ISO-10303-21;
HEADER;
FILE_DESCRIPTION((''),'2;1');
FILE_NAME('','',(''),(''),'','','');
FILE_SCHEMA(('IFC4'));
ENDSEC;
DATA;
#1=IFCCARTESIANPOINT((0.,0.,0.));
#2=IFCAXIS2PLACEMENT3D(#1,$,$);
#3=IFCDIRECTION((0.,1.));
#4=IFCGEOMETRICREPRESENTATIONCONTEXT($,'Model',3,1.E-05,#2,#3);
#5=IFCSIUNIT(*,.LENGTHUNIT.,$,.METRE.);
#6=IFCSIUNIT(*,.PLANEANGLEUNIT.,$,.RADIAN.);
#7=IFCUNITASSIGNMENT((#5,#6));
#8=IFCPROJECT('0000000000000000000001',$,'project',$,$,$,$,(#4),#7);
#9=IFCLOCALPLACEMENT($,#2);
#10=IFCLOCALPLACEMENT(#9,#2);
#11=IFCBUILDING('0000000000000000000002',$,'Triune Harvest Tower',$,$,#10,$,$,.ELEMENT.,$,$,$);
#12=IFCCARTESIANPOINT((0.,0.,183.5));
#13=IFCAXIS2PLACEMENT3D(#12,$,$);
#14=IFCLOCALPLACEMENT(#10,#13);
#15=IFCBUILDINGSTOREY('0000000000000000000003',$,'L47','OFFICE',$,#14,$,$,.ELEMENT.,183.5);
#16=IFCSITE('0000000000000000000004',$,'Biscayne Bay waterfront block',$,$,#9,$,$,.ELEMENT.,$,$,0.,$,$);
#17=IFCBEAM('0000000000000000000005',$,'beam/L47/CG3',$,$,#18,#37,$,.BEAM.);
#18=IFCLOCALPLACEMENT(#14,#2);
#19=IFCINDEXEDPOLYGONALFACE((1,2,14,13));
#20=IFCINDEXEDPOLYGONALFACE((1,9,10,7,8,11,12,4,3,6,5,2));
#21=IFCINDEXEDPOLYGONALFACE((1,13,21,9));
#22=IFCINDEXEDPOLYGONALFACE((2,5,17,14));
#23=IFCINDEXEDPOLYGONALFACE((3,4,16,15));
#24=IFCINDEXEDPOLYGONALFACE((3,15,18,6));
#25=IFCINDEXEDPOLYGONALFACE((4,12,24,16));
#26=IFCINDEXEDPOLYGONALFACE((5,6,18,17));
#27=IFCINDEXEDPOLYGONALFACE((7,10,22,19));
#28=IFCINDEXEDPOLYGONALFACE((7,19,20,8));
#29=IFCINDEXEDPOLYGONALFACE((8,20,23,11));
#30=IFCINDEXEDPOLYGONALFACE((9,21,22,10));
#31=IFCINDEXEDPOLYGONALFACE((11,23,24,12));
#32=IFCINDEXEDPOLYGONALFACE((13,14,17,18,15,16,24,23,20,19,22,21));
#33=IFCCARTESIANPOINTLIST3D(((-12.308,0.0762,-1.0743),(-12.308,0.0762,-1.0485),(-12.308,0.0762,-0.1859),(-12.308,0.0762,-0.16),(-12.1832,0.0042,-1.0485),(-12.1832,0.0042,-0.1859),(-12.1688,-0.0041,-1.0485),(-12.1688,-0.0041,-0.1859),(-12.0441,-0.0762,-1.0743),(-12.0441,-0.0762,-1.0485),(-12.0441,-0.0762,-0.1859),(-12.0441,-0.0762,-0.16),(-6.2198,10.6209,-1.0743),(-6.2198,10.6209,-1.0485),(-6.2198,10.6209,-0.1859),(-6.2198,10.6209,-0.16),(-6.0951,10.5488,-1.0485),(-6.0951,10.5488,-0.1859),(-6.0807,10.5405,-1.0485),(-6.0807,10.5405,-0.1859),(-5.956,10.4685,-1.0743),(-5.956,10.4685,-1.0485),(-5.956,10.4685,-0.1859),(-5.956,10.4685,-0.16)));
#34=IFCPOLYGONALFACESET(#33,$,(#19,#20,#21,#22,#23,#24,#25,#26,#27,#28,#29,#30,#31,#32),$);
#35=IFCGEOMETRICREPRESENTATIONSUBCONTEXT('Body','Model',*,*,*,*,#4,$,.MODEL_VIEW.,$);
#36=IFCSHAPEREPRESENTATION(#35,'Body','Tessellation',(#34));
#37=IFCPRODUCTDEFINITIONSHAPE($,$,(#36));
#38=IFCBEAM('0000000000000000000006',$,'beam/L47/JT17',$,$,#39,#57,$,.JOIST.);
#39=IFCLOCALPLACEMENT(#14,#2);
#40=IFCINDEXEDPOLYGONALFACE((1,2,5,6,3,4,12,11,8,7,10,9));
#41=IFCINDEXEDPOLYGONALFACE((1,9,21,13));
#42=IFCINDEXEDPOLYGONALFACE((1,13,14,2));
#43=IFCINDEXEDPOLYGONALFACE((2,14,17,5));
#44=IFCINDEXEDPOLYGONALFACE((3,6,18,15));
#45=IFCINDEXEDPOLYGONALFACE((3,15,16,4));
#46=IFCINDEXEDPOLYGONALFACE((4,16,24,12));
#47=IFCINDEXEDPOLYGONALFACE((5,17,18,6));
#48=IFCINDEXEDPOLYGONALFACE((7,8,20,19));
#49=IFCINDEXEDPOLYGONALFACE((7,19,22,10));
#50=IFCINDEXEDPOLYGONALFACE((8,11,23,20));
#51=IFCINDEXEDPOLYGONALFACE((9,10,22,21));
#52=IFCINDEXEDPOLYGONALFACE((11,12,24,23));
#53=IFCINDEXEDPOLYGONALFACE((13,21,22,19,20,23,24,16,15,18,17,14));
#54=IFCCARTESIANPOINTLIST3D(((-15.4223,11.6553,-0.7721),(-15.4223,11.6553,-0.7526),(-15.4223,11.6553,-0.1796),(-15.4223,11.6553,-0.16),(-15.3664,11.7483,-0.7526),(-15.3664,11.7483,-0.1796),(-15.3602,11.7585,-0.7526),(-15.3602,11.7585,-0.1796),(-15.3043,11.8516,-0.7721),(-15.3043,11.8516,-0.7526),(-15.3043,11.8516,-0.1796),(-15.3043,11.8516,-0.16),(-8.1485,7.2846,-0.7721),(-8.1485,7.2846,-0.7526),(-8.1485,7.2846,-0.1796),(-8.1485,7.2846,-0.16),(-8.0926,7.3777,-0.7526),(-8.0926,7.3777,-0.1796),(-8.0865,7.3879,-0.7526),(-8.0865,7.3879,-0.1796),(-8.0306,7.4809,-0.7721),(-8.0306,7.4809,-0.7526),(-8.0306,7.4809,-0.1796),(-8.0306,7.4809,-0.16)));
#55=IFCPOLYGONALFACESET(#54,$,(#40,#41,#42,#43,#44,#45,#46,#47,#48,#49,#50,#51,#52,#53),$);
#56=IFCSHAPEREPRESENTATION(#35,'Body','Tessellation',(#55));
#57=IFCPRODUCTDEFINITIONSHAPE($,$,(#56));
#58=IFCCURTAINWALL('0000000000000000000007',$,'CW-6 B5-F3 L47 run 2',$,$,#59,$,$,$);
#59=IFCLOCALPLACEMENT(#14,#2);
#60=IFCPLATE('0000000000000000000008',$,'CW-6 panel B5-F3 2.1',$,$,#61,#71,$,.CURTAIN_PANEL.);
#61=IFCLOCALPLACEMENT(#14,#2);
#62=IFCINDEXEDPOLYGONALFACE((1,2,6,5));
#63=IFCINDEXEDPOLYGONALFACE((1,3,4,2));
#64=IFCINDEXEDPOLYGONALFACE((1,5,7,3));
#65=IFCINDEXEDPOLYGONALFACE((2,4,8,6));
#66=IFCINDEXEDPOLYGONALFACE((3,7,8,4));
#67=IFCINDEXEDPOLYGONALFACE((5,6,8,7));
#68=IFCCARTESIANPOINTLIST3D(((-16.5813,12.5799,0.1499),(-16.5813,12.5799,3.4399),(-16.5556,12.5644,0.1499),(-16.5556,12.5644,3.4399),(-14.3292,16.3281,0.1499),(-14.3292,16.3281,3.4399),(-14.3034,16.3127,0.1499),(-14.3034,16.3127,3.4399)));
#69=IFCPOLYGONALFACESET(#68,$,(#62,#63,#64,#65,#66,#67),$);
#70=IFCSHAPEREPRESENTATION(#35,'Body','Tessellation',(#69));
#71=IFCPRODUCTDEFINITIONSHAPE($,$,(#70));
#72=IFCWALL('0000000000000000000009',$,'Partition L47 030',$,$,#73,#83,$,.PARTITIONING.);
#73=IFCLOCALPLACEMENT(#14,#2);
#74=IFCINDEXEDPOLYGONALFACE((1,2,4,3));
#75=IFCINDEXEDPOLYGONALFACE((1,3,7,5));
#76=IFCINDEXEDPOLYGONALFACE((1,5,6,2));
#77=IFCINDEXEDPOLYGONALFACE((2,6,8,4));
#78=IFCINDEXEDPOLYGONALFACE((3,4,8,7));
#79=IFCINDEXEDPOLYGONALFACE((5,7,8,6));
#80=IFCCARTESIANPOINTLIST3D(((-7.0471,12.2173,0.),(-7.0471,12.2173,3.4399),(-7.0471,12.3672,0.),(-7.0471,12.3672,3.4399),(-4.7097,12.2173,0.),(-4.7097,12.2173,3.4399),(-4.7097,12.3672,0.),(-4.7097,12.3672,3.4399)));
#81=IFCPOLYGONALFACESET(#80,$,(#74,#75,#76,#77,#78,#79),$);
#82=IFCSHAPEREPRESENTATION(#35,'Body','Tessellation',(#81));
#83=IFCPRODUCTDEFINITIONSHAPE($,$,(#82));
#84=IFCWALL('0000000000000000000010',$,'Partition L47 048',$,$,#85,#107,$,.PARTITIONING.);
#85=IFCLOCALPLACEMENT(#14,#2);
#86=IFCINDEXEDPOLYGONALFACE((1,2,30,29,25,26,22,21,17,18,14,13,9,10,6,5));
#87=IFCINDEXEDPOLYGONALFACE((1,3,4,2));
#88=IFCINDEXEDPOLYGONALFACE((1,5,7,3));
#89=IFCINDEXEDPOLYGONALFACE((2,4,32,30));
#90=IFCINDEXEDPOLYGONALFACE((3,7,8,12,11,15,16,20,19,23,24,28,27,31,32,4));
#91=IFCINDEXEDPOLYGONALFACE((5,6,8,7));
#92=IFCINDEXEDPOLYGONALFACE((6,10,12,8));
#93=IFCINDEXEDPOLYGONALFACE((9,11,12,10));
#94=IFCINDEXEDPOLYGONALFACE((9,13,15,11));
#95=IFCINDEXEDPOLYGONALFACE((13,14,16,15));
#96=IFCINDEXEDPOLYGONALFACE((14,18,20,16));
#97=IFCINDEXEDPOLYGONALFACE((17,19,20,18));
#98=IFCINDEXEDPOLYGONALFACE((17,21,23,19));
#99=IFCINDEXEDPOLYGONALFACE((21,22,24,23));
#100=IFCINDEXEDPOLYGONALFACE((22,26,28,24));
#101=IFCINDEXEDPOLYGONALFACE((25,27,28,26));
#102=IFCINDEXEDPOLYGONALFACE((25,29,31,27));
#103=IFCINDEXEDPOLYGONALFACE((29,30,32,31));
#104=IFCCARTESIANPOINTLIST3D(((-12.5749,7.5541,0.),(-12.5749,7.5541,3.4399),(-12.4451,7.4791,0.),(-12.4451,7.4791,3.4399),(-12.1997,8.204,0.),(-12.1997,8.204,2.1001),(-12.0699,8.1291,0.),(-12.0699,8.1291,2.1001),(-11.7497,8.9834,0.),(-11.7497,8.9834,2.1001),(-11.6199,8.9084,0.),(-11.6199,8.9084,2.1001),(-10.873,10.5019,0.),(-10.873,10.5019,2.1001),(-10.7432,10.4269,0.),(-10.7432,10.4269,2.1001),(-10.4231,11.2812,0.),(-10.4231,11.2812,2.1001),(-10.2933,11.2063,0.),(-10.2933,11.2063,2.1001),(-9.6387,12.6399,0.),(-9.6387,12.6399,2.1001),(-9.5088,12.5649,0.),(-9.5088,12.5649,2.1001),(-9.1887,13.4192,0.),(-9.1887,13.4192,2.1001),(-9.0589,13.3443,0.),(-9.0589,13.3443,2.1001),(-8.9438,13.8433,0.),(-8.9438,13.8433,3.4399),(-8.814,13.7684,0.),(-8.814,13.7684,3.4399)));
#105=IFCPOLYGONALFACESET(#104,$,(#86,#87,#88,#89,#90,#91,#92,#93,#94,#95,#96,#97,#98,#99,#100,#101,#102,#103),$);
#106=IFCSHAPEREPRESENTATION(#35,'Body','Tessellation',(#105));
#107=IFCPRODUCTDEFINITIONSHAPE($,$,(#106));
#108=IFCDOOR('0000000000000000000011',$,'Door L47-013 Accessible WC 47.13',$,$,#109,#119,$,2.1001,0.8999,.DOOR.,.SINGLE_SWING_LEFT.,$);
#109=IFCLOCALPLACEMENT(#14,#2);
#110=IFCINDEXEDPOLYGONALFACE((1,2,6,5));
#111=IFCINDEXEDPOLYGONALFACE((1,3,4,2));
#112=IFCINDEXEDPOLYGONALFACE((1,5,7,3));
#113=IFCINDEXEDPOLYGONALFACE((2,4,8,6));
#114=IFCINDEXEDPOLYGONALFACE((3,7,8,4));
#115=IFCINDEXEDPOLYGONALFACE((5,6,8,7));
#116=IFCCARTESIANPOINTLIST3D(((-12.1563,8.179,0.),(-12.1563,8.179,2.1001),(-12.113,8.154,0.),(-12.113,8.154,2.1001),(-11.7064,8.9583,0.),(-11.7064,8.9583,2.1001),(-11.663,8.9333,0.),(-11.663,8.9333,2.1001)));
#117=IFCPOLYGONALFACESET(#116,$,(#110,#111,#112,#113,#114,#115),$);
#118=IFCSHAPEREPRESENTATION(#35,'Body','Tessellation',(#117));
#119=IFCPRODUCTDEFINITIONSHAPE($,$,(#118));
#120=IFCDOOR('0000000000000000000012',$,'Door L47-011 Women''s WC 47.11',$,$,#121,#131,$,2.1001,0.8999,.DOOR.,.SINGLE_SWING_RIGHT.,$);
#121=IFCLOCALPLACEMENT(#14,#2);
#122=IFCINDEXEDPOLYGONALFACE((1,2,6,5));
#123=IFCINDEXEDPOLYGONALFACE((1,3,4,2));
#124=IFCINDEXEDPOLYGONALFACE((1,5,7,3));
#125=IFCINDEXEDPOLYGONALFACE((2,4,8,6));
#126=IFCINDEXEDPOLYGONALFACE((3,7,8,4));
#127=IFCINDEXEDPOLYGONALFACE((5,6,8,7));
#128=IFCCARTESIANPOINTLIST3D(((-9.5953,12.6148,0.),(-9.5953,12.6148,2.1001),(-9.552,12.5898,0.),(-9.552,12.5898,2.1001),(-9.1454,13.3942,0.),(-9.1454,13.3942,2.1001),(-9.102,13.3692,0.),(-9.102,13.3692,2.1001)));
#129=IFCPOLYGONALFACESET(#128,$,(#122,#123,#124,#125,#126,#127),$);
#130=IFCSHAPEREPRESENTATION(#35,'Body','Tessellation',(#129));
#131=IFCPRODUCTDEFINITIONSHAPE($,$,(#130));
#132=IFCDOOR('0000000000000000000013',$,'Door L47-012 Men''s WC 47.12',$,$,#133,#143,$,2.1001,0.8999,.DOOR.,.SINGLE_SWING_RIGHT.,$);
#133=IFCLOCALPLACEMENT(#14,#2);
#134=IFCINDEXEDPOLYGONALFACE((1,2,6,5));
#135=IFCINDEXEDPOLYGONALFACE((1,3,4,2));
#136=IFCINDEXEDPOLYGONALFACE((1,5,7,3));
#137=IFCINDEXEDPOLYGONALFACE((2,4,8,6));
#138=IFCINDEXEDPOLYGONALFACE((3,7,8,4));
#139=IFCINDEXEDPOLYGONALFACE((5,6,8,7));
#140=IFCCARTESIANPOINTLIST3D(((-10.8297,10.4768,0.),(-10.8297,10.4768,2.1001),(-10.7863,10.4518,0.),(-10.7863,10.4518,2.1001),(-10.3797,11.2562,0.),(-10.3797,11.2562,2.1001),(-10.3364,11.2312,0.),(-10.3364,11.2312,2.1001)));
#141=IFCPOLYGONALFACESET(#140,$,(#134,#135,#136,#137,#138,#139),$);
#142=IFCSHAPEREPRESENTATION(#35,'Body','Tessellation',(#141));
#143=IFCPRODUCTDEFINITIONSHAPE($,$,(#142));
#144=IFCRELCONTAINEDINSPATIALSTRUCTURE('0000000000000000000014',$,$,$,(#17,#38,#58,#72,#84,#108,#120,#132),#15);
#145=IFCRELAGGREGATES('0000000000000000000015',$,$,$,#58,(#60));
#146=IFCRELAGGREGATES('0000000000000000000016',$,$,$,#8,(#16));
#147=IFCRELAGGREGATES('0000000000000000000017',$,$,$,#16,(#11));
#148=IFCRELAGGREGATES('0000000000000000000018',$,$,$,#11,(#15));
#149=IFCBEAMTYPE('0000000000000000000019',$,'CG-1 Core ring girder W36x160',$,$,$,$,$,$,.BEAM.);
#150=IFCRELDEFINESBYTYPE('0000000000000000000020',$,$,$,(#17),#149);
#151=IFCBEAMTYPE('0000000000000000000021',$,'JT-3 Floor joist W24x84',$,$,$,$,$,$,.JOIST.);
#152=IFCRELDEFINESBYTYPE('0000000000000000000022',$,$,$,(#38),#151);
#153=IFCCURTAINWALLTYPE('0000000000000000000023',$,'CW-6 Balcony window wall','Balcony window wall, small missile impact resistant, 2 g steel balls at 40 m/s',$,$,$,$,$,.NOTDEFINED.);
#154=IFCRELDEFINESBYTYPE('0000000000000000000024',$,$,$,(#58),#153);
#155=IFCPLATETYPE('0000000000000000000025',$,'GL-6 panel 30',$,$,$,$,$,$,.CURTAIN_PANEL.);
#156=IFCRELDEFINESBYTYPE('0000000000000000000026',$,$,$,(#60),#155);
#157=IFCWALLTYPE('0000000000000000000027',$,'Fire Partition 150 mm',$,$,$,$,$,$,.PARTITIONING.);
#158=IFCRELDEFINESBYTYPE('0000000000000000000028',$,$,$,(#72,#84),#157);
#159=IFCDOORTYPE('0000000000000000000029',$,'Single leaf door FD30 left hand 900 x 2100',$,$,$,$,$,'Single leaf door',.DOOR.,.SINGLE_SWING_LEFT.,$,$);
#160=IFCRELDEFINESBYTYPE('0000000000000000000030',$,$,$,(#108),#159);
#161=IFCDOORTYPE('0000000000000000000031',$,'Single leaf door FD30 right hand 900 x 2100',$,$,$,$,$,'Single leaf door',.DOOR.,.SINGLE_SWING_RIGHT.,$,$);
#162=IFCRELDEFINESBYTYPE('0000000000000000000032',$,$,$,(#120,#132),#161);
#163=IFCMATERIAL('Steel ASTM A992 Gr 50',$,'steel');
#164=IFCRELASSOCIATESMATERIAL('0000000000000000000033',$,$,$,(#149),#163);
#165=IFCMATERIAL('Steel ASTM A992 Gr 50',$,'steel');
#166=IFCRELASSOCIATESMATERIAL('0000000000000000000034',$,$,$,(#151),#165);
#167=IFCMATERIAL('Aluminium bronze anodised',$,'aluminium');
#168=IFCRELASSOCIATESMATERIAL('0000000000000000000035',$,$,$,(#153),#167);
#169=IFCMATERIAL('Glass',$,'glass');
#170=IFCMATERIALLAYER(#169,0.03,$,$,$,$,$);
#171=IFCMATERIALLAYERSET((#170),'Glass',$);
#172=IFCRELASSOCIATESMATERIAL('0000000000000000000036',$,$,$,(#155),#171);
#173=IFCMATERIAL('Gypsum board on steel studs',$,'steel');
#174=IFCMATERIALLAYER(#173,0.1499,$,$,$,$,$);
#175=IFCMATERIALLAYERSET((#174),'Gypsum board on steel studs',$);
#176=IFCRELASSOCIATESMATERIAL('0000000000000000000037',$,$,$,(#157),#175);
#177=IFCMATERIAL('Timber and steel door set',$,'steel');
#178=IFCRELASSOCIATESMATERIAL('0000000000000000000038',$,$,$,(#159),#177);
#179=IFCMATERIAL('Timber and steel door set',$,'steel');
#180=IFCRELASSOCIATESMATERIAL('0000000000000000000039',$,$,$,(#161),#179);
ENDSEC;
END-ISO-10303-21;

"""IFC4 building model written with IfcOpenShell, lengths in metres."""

from ifc_helpers import new_model, si_unit, direction, frame, frame_2d, origin, origin_2d, place, context, subcontext, project, spatial, rectangle, i_section, extrude, source, transform, mapped, material, layer, layer_set, material_profile, profile_set, type_object, element, fill, aggregate, save


model = new_model("IFC4")

# Units and contexts
model_context = context("Model", 3, precision=1e-05, world=origin(), true_north=direction((0.0, 1.0)))
body_context = subcontext(model_context, "Body", "Model", "MODEL_VIEW")
ifc_project = project(units=[si_unit("LENGTHUNIT", "METRE"), si_unit("PLANEANGLEUNIT", "RADIAN")], contexts=[model_context])

# Site, building, storey
site_placement = place(None, origin())
site = spatial("IfcSite", under=ifc_project, at=site_placement, Name="Biscayne Bay waterfront block", CompositionType="ELEMENT", RefElevation=0.0)
building_placement = place(site_placement, origin())
building = spatial("IfcBuilding", under=site, at=building_placement, Name="Triune Harvest Tower", CompositionType="ELEMENT")
storey_placement = place(building_placement, frame((0.0, 0.0, 183.5)))
storey = spatial("IfcBuildingStorey", under=building, at=storey_placement, Name="L47", Description="OFFICE", CompositionType="ELEMENT", Elevation=183.5)

# Beams
ifc_material_1 = material(Name="Steel ASTM A992 Gr 50", Category="steel")
ifc_material_profile_1 = material_profile(ifc_material_1, i_section(OverallWidth=0.3047, OverallDepth=0.9143, WebThickness=0.0166, FlangeThickness=0.0259, at=origin_2d()), Name="W36x160")
ifc_profile_set_1 = profile_set([ifc_material_profile_1], Name="Steel ASTM A992 Gr 50")
beam_type_1 = type_object("IfcBeamType", Name="CG-1 Core ring girder W36x160", PredefinedType="BEAM", material=ifc_profile_set_1)
shared_shape_1 = source(origin(), body_context, "Body", "SweptSolid", [
    extrude(i_section(OverallWidth=0.3047, OverallDepth=0.9143, WebThickness=0.0166, FlangeThickness=0.0259, at=origin_2d()), origin(), (0.0, 0.0, 1.0), 12.176),
])
beam_1_placement = place(storey_placement, frame((-6.0879, 10.5447, -0.6172), z_axis=(-0.50001, -0.86602, 0.0), x_axis=(0.86602, -0.50001, 0.0)))
element("IfcBeam", 1, at=beam_1_placement, inside=storey, type_object=beam_type_1, Name="beam/L47/CG3", PredefinedType="BEAM", context=body_context, shape_type="MappedRepresentation", body=[
    mapped(shared_shape_1, transform((0.0, 0.0, 0.0), scale=1.0)),
])
ifc_material_2 = material(Name="Steel ASTM A992 Gr 50", Category="steel")
ifc_material_profile_2 = material_profile(ifc_material_2, i_section(OverallWidth=0.229, OverallDepth=0.6121, WebThickness=0.012, FlangeThickness=0.0195, at=origin_2d()), Name="W24x84")
ifc_profile_set_2 = profile_set([ifc_material_profile_2], Name="Steel ASTM A992 Gr 50")
beam_type_2 = type_object("IfcBeamType", Name="JT-3 Floor joist W24x84", PredefinedType="JOIST", material=ifc_profile_set_2)
shared_shape_2 = source(origin(), body_context, "Body", "SweptSolid", [
    extrude(i_section(OverallWidth=0.229, OverallDepth=0.6121, WebThickness=0.012, FlangeThickness=0.0195, at=origin_2d()), origin(), (0.0, 0.0, 1.0), 8.4858),
])
beam_2_placement = place(storey_placement, frame((-15.3633, 11.7534, -0.4661), z_axis=(0.85716, -0.51505, 0.0), x_axis=(0.51505, 0.85716, 0.0)))
element("IfcBeam", 2, at=beam_2_placement, inside=storey, type_object=beam_type_2, Name="beam/L47/JT17", PredefinedType="JOIST", context=body_context, shape_type="MappedRepresentation", body=[
    mapped(shared_shape_2, transform((0.0, 0.0, 0.0), scale=1.0)),
])

# Curtain wall, plate
ifc_material_3 = material(Name="Aluminium bronze anodised", Category="aluminium")
curtain_wall_type = type_object("IfcCurtainWallType", Name="CW-6 Balcony window wall", Description="Balcony window wall, small missile impact resistant, 2 g steel balls at 40 m/s", PredefinedType="NOTDEFINED", material=ifc_material_3)
curtain_wall_placement = place(storey_placement, origin())
curtain_wall = element("IfcCurtainWall", 3, at=curtain_wall_placement, inside=storey, type_object=curtain_wall_type, Name="CW-6 B5-F3 L47 run 2")
ifc_material_4 = material(Name="Glass", Category="glass")
ifc_layer_1 = layer(ifc_material_4, 0.03)
ifc_layer_set_1 = layer_set([ifc_layer_1], Name="Glass")
plate_type = type_object("IfcPlateType", Name="GL-6 panel 30", PredefinedType="CURTAIN_PANEL", material=ifc_layer_set_1)
shared_shape_3 = source(origin(), body_context, "Body", "SweptSolid", [
    extrude(rectangle(XDim=4.3728, YDim=0.03, at=origin_2d()), origin(), (0.0, 0.0, 1.0), 3.29),
])
plate_placement = place(storey_placement, frame((-15.4424, 14.4463, 0.1499), z_axis=(0.0, 0.0, 1.0), x_axis=(-0.515037, -0.857168, 0.0)))
plate = element("IfcPlate", 4, at=plate_placement, type_object=plate_type, Name="CW-6 panel B5-F3 2.1", PredefinedType="CURTAIN_PANEL", context=body_context, shape_type="MappedRepresentation", body=[
    mapped(shared_shape_3, transform((0.0, 0.0, 0.0), scale=1.0)),
])
aggregate(curtain_wall, [plate])

# Wall
ifc_material_5 = material(Name="Gypsum board on steel studs", Category="steel")
ifc_layer_2 = layer(ifc_material_5, 0.1499)
ifc_layer_set_2 = layer_set([ifc_layer_2], Name="Gypsum board on steel studs")
wall_type_1 = type_object("IfcWallType", Name="Fire Partition 150 mm", PredefinedType="PARTITIONING", material=ifc_layer_set_2)
wall_1_placement = place(storey_placement, frame((-7.0471, 12.2922, 0.0), z_axis=(0.0, 0.0, 1.0), x_axis=(1.0, 0.0, 0.0)))
element("IfcWall", 5, at=wall_1_placement, inside=storey, type_object=wall_type_1, Name="Partition L47 030", PredefinedType="PARTITIONING", context=body_context, shape_type="SweptSolid", body=[
    extrude(rectangle(XDim=2.3374, YDim=0.1499, at=frame_2d((1.1687, 0.0))), origin(), (0.0, 0.0, 1.0), 3.4399),
])

# Wall, openings, doors
wall_2_placement = place(storey_placement, frame((-12.51, 7.5166, 0.0), z_axis=(0.0, 0.0, 1.0), x_axis=(0.499997, 0.866027, 0.0)))
wall_2 = element("IfcWall", 6, at=wall_2_placement, inside=storey, type_object=wall_type_1, Name="Partition L47 048", PredefinedType="PARTITIONING", context=body_context, shape_type="SweptSolid", body=[
    extrude(rectangle(XDim=7.2622, YDim=0.1499, at=frame_2d((3.6311, 0.0))), origin(), (0.0, 0.0, 1.0), 3.4399),
])
opening_1_placement = place(wall_2_placement, frame((5.8726, 0.0, 0.0)))
opening_1 = element("IfcOpeningElement", 7, at=opening_1_placement, cuts=wall_2, PredefinedType="OPENING", context=body_context, shape_type="SweptSolid", body=[
    extrude(rectangle(XDim=0.8999, YDim=2.1001, at=frame_2d((0.45, 1.05))), frame((0.0, 0.085, 0.0), z_axis=(0.0, -1.0, 0.0), x_axis=(1.0, 0.0, 0.0)), (0.0, 0.0, 1.0), 0.1699),
])
opening_2_placement = place(wall_2_placement, frame((3.4038, 0.0, 0.0)))
opening_2 = element("IfcOpeningElement", 8, at=opening_2_placement, cuts=wall_2, PredefinedType="OPENING", context=body_context, shape_type="SweptSolid", body=[
    extrude(rectangle(XDim=0.8999, YDim=2.1001, at=frame_2d((0.45, 1.05))), frame((0.0, 0.085, 0.0), z_axis=(0.0, -1.0, 0.0), x_axis=(1.0, 0.0, 0.0)), (0.0, 0.0, 1.0), 0.1699),
])
opening_3_placement = place(wall_2_placement, frame((0.7505, 0.0, 0.0)))
opening_3 = element("IfcOpeningElement", 9, at=opening_3_placement, cuts=wall_2, PredefinedType="OPENING", context=body_context, shape_type="SweptSolid", body=[
    extrude(rectangle(XDim=0.8999, YDim=2.1001, at=frame_2d((0.45, 1.05))), frame((0.0, 0.085, 0.0), z_axis=(0.0, -1.0, 0.0), x_axis=(1.0, 0.0, 0.0)), (0.0, 0.0, 1.0), 0.1699),
])
ifc_material_6 = material(Name="Timber and steel door set", Category="steel")
door_type_1 = type_object("IfcDoorType", Name="Single leaf door FD30 left hand 900 x 2100", ElementType="Single leaf door", OperationType="SINGLE_SWING_LEFT", PredefinedType="DOOR", material=ifc_material_6)
door_1_placement = place(opening_3_placement, origin())
door_1 = element("IfcDoor", 10, at=door_1_placement, inside=storey, type_object=door_type_1, Name="Door L47-013 Accessible WC 47.13", OperationType="SINGLE_SWING_LEFT", OverallHeight=2.1001, OverallWidth=0.8999, PredefinedType="DOOR", context=body_context, shape_type="SweptSolid", body=[
    extrude(rectangle(XDim=0.8999, YDim=2.1001, at=frame_2d((0.45, 1.05))), frame((0.0, 0.0249, 0.0), z_axis=(0.0, -1.0, 0.0), x_axis=(1.0, 0.0, 0.0)), (0.0, 0.0, 1.0), 0.05),
])
fill(opening_3, door_1)
ifc_material_7 = material(Name="Timber and steel door set", Category="steel")
door_type_2 = type_object("IfcDoorType", Name="Single leaf door FD30 right hand 900 x 2100", ElementType="Single leaf door", OperationType="SINGLE_SWING_RIGHT", PredefinedType="DOOR", material=ifc_material_7)
door_2_placement = place(opening_1_placement, origin())
door_2 = element("IfcDoor", 11, at=door_2_placement, inside=storey, type_object=door_type_2, Name="Door L47-011 Women's WC 47.11", OperationType="SINGLE_SWING_RIGHT", OverallHeight=2.1001, OverallWidth=0.8999, PredefinedType="DOOR", context=body_context, shape_type="SweptSolid", body=[
    extrude(rectangle(XDim=0.8999, YDim=2.1001, at=frame_2d((0.45, 1.05))), frame((0.0, 0.0249, 0.0), z_axis=(0.0, -1.0, 0.0), x_axis=(1.0, 0.0, 0.0)), (0.0, 0.0, 1.0), 0.05),
])
fill(opening_1, door_2)
door_3_placement = place(opening_2_placement, origin())
door_3 = element("IfcDoor", 12, at=door_3_placement, inside=storey, type_object=door_type_2, Name="Door L47-012 Men's WC 47.12", OperationType="SINGLE_SWING_RIGHT", OverallHeight=2.1001, OverallWidth=0.8999, PredefinedType="DOOR", context=body_context, shape_type="SweptSolid", body=[
    extrude(rectangle(XDim=0.8999, YDim=2.1001, at=frame_2d((0.45, 1.05))), frame((0.0, 0.0249, 0.0), z_axis=(0.0, -1.0, 0.0), x_axis=(1.0, 0.0, 0.0)), (0.0, 0.0, 1.0), 0.05),
])
fill(opening_2, door_3)

save(model, "model.ifc")
